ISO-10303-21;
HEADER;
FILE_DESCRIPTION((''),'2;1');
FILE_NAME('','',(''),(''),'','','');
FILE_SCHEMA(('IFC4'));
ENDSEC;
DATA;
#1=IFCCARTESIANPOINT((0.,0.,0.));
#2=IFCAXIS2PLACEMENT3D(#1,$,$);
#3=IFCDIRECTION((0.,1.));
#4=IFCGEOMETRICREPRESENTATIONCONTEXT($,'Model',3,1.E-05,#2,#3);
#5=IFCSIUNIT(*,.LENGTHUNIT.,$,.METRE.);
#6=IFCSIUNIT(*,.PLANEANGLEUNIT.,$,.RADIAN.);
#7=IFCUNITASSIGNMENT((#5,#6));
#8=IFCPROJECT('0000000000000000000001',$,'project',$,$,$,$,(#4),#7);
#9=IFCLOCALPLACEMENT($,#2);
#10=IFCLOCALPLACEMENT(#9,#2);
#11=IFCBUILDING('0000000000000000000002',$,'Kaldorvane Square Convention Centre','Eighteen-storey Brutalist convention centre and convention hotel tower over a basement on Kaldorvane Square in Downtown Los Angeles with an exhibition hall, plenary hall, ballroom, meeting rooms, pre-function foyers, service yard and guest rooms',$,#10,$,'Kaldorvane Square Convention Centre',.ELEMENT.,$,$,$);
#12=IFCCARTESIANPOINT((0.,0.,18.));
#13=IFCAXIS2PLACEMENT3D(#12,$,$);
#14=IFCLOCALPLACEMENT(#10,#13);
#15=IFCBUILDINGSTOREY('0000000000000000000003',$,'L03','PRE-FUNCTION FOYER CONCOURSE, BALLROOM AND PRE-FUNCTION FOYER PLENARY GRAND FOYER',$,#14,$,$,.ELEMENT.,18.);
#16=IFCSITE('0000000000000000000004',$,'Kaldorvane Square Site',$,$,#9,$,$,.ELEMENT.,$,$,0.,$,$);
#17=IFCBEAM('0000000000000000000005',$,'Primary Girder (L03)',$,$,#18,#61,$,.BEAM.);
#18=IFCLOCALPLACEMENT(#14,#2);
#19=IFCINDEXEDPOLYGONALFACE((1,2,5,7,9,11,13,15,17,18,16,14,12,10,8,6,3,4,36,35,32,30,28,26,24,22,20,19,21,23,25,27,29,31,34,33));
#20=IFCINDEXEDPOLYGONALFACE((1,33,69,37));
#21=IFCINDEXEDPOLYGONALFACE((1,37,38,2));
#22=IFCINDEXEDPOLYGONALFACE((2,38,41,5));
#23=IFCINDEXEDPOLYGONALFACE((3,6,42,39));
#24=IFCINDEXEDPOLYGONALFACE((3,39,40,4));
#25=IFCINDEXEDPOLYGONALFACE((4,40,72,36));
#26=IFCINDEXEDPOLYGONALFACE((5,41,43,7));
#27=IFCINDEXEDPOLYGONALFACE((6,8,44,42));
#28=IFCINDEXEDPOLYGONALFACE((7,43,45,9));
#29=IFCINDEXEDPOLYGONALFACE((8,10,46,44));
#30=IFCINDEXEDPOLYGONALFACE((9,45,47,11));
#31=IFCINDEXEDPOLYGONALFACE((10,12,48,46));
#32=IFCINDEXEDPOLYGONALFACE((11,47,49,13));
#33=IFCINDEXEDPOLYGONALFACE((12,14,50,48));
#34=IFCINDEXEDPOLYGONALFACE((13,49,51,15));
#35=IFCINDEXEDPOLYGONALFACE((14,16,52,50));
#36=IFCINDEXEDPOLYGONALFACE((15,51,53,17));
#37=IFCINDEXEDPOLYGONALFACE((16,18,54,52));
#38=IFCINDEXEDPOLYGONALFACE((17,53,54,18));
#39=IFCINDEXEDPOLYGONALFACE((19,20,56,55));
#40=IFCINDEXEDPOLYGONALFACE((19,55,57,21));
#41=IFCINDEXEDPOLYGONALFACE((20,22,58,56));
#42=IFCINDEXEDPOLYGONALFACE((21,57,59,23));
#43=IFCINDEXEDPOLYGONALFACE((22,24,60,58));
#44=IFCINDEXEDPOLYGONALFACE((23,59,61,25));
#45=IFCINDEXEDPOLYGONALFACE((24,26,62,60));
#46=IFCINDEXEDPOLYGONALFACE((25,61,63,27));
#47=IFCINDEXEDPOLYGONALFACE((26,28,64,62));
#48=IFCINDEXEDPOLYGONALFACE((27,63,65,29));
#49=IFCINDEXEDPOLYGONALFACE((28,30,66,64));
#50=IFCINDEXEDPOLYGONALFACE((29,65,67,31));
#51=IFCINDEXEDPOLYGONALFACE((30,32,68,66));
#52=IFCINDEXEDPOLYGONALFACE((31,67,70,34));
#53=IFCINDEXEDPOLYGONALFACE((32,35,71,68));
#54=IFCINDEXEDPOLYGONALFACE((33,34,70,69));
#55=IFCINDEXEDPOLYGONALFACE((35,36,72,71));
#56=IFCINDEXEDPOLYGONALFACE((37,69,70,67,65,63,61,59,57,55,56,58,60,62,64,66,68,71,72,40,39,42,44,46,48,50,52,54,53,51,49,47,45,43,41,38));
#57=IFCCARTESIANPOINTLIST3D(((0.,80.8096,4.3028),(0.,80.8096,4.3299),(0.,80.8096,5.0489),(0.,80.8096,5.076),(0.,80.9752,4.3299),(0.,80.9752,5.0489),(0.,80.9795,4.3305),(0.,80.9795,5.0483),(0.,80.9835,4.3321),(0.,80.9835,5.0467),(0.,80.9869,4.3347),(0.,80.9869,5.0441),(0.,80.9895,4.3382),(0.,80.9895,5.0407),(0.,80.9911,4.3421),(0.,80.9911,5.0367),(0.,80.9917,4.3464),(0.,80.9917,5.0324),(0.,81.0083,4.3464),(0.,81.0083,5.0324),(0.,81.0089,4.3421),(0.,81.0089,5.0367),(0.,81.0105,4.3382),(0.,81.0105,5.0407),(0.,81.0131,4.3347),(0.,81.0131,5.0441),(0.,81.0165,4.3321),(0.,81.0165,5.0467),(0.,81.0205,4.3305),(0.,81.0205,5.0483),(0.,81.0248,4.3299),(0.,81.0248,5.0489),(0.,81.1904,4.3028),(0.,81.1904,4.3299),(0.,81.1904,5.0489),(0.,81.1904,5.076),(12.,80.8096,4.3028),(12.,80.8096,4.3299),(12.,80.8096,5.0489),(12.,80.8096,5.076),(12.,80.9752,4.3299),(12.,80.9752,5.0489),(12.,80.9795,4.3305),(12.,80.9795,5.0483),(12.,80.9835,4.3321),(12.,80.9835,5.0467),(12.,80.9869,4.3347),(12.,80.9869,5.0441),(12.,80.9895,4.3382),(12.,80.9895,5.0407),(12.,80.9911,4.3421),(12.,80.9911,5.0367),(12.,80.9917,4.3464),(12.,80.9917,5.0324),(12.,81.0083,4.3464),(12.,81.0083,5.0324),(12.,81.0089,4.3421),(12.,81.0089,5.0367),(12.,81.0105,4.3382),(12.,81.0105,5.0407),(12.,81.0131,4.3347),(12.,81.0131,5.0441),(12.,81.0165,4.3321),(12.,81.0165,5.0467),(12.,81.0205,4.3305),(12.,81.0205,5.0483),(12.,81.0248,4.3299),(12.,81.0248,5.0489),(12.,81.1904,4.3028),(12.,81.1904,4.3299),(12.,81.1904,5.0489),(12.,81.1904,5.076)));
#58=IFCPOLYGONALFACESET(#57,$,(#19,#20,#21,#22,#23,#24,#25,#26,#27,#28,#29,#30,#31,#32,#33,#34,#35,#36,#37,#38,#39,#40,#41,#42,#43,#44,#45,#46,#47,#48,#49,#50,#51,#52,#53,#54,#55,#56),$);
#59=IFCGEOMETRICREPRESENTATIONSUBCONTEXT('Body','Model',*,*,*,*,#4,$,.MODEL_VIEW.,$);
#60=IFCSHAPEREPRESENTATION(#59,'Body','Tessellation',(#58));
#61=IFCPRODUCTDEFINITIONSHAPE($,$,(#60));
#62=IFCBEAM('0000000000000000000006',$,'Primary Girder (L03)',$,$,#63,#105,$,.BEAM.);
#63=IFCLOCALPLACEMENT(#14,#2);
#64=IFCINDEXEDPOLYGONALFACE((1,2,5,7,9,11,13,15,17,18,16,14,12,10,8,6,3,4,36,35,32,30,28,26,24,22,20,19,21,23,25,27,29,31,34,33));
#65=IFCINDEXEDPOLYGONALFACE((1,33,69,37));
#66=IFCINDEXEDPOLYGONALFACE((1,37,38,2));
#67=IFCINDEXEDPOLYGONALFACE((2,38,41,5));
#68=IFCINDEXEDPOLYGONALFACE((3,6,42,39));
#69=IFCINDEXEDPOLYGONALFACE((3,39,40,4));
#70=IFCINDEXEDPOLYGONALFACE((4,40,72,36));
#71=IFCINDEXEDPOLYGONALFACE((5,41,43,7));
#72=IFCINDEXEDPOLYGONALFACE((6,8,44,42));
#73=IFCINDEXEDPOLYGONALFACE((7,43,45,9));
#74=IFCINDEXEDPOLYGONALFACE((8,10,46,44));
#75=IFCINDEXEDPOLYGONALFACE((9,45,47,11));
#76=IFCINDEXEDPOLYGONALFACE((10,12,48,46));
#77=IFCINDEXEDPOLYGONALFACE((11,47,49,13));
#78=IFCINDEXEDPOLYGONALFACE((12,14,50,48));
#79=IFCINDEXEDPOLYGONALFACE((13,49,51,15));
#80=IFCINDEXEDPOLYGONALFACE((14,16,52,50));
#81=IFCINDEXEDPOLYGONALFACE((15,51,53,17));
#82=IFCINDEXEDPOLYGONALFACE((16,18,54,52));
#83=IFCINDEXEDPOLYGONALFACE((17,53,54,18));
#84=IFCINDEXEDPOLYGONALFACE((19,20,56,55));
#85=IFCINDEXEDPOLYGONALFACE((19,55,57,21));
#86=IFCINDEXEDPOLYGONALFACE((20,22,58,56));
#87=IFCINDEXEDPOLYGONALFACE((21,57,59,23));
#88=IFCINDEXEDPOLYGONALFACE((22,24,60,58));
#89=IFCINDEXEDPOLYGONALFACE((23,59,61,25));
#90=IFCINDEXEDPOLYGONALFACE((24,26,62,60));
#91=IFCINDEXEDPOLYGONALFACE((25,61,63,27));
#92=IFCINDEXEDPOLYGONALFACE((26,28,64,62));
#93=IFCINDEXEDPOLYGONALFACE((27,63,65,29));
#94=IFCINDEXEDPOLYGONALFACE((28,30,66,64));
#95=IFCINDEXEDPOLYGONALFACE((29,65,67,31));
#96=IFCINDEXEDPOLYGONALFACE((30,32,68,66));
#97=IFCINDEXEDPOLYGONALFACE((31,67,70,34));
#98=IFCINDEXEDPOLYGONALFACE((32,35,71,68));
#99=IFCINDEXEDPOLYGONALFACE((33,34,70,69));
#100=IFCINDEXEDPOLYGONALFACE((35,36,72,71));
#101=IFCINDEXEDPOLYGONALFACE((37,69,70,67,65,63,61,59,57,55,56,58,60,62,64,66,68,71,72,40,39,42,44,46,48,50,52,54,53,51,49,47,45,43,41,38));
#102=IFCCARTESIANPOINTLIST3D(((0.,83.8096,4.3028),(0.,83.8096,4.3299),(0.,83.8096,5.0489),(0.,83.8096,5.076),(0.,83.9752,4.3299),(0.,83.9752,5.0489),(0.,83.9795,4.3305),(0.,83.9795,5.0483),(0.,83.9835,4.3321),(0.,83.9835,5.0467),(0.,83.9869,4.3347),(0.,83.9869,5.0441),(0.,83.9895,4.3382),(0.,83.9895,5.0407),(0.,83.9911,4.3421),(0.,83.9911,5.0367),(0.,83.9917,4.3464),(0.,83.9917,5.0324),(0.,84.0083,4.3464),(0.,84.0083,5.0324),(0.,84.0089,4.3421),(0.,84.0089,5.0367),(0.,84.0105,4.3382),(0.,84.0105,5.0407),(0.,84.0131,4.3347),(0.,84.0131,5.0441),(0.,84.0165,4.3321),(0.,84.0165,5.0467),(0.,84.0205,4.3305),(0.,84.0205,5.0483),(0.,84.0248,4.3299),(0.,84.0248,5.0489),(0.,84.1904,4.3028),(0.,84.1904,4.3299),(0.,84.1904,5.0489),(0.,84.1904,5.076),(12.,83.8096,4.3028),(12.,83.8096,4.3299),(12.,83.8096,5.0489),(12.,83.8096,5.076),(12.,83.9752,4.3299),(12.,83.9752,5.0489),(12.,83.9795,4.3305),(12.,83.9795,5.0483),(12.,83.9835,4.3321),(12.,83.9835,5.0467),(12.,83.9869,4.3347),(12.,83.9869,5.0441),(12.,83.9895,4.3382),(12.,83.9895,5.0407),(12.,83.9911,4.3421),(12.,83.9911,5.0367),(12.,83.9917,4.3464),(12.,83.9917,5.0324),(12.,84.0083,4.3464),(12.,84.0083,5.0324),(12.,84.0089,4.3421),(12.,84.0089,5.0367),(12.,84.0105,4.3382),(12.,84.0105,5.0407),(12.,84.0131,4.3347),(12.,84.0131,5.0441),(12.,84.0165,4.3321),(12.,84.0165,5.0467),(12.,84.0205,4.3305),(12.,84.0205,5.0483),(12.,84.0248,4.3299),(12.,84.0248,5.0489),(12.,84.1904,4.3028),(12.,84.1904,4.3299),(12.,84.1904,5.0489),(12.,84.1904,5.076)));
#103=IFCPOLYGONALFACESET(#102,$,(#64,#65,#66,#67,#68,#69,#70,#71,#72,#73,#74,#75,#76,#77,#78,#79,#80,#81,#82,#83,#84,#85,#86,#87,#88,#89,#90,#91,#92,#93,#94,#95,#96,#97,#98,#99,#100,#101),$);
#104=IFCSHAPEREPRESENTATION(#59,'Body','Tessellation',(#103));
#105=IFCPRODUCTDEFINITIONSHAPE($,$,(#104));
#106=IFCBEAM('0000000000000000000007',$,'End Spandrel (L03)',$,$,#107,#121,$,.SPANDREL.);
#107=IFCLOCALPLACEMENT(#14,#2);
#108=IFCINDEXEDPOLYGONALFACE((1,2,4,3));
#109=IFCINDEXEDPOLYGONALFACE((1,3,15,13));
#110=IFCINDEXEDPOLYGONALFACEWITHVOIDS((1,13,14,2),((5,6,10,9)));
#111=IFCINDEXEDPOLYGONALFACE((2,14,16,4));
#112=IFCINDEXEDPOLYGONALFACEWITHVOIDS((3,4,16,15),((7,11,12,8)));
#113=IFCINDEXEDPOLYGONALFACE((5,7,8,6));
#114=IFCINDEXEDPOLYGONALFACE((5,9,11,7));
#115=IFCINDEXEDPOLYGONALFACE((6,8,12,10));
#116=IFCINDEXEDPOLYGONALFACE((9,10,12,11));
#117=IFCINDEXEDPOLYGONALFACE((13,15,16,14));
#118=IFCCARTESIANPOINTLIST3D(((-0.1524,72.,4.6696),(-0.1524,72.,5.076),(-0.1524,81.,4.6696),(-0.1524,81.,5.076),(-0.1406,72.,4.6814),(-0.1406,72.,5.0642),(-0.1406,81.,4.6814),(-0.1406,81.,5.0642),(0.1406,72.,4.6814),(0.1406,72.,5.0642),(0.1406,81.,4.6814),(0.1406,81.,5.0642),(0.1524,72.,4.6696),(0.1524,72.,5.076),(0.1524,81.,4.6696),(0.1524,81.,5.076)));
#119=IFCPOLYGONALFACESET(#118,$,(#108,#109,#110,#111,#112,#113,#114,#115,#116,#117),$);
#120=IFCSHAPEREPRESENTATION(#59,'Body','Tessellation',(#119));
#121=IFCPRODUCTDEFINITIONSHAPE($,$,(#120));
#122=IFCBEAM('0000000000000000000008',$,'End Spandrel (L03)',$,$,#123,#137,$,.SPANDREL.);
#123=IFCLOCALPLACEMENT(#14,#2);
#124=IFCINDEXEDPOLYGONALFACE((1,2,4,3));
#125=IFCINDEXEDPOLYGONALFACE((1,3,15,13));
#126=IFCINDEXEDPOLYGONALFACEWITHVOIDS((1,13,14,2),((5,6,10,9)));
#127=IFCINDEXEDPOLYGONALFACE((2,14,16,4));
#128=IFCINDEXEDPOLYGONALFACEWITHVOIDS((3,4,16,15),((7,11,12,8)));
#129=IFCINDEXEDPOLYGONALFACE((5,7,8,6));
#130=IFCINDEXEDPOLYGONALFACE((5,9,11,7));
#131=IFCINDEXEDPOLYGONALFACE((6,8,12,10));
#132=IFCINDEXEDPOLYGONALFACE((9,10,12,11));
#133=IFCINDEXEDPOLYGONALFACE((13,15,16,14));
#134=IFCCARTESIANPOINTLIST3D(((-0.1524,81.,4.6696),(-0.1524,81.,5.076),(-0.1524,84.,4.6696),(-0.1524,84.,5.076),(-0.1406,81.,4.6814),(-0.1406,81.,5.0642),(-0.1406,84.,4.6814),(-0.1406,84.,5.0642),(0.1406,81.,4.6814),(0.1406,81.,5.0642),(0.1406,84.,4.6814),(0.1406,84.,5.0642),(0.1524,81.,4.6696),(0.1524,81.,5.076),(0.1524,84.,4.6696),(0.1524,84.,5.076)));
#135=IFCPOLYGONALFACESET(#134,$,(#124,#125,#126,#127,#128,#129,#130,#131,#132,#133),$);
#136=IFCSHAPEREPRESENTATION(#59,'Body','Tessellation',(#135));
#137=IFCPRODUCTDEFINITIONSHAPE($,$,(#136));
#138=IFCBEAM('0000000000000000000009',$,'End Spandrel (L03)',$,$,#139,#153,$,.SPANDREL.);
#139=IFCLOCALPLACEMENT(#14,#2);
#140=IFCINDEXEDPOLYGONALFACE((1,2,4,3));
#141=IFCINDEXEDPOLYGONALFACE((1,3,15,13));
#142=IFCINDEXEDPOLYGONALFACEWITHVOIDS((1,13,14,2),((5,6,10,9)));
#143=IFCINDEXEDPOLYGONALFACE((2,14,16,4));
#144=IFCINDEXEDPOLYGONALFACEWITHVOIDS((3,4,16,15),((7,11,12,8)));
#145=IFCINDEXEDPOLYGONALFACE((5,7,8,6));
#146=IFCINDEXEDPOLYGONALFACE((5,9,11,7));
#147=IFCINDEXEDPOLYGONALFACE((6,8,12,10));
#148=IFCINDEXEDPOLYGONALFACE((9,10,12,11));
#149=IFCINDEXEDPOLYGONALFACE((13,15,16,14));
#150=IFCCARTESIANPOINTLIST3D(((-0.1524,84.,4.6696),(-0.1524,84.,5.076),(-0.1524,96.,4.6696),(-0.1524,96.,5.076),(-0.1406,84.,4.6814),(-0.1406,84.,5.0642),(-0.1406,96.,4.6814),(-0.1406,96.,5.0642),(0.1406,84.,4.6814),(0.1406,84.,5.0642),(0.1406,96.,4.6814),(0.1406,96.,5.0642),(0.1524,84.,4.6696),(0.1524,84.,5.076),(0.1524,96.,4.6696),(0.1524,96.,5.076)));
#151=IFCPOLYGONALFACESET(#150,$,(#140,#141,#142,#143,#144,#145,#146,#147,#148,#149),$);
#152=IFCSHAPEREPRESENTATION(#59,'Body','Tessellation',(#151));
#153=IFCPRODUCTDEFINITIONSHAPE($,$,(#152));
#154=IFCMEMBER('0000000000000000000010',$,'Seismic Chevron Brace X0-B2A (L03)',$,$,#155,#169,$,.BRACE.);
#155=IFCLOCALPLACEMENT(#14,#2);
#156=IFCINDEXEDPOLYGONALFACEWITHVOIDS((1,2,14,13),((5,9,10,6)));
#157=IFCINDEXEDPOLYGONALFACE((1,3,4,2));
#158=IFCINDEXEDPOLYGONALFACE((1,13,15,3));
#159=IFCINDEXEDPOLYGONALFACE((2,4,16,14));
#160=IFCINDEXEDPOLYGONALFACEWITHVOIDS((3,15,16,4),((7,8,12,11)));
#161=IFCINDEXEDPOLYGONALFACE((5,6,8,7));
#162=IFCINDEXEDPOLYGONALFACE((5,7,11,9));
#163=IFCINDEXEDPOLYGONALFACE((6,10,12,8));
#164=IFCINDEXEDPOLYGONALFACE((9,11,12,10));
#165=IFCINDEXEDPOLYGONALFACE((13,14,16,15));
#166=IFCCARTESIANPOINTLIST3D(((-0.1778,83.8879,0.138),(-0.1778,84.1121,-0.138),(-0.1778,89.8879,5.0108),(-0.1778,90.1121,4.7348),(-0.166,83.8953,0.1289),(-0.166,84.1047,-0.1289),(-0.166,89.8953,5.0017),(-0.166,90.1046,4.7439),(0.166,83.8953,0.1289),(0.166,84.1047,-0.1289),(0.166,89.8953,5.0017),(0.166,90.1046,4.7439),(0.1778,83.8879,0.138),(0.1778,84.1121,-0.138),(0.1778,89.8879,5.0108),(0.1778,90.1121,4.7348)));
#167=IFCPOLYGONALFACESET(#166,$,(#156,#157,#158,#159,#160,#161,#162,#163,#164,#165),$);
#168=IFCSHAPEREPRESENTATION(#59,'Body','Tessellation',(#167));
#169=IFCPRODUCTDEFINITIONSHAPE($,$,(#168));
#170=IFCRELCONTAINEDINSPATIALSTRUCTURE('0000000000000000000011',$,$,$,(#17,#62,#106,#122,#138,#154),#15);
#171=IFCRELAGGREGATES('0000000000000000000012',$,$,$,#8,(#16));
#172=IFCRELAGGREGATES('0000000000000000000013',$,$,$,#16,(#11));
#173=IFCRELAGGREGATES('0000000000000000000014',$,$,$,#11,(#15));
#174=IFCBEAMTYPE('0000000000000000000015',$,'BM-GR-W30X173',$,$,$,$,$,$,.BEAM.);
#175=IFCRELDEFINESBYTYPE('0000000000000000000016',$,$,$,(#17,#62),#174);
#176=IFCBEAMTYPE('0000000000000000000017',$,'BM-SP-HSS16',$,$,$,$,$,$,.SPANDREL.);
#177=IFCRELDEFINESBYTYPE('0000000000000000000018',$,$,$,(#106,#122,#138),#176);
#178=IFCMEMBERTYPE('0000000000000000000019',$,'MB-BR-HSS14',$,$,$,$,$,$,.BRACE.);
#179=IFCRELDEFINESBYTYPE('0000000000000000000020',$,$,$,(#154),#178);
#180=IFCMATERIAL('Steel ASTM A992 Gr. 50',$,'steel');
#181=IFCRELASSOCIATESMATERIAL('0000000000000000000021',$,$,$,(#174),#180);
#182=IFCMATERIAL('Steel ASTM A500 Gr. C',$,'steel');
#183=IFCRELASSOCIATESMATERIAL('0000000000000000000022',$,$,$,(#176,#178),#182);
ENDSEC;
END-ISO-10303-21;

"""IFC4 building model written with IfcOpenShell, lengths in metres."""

from ifc_helpers import new_model, si_unit, direction, frame, origin, origin_2d, place, context, subcontext, project, spatial, hollow_rectangle, i_section, extrude, material, material_profile, profile_set, type_object, element, save


model = new_model("IFC4")

# Units and contexts
model_context = context("Model", 3, precision=1e-05, world=origin(), true_north=direction((0.0, 1.0)))
body_context = subcontext(model_context, "Body", "Model", "MODEL_VIEW")
ifc_project = project(units=[si_unit("LENGTHUNIT", "METRE"), si_unit("PLANEANGLEUNIT", "RADIAN")], contexts=[model_context])

# Site, building, storey
site_placement = place(None, origin())
site = spatial("IfcSite", under=ifc_project, at=site_placement, Name="Kaldorvane Square Site", CompositionType="ELEMENT", RefElevation=0.0)
building_placement = place(site_placement, origin())
building = spatial("IfcBuilding", under=site, at=building_placement, Name="Kaldorvane Square Convention Centre", Description="Eighteen-storey Brutalist convention centre and convention hotel tower over a basement on Kaldorvane Square in Downtown Los Angeles with an exhibition hall, plenary hall, ballroom, meeting rooms, pre-function foyers, service yard and guest rooms", LongName="Kaldorvane Square Convention Centre", CompositionType="ELEMENT")
storey_placement = place(building_placement, frame((0.0, 0.0, 18.0)))
storey = spatial("IfcBuildingStorey", under=building, at=storey_placement, Name="L03", Description="PRE-FUNCTION FOYER CONCOURSE, BALLROOM AND PRE-FUNCTION FOYER PLENARY GRAND FOYER", CompositionType="ELEMENT", Elevation=18.0)

# Shared definitions
ifc_material_1 = material(Name="Steel ASTM A500 Gr. C", Category="steel")
ifc_material_2 = material(Name="Steel ASTM A992 Gr. 50", Category="steel")

# Beams
ifc_material_profile_1 = material_profile(ifc_material_2, i_section(OverallWidth=0.3807, OverallDepth=0.7732, WebThickness=0.0166, FlangeThickness=0.0271, FilletRadius=0.0165, at=origin_2d()), Name="W30X173")
ifc_profile_set_1 = profile_set([ifc_material_profile_1], Name="Steel ASTM A992 Gr. 50")
beam_type_1 = type_object("IfcBeamType", Name="BM-GR-W30X173", PredefinedType="BEAM", material=ifc_profile_set_1)
for number, where, z_axis, x_axis, name in (
    (1, (0.0, 81.0, 4.6894), (1.0, 0.0, 0.0), (0.0, 1.0, 0.0), "Primary Girder (L03)"),
    (2, (0.0, 84.0, 4.6894), (1.0, 0.0, 0.0), (0.0, 1.0, 0.0), "Primary Girder (L03)"),
):
    element("IfcBeam", number, at=place(storey_placement, frame(where, z_axis=z_axis, x_axis=x_axis)), inside=storey, type_object=beam_type_1, Name=name, PredefinedType="BEAM", context=body_context, shape_type="SweptSolid", body=[
        extrude(i_section(OverallWidth=0.3807, OverallDepth=0.7732, WebThickness=0.0166, FlangeThickness=0.0271, FilletRadius=0.0165, at=origin_2d()), origin(), (0.0, 0.0, 1.0), 12.0),
    ])
ifc_material_profile_2 = material_profile(ifc_material_1, hollow_rectangle(XDim=0.3048, YDim=0.4064, WallThickness=0.0118, at=origin_2d()), Name="HSS16X12X1/2")
ifc_profile_set_2 = profile_set([ifc_material_profile_2], Name="Steel ASTM A500 Gr. C")
beam_type_2 = type_object("IfcBeamType", Name="BM-SP-HSS16", PredefinedType="SPANDREL", material=ifc_profile_set_2)
beam_1_placement = place(storey_placement, frame((0.0, 72.0, 4.8728), z_axis=(0.0, 1.0, 0.0), x_axis=(-1.0, 0.0, 0.0)))
element("IfcBeam", 3, at=beam_1_placement, inside=storey, type_object=beam_type_2, Name="End Spandrel (L03)", PredefinedType="SPANDREL", context=body_context, shape_type="SweptSolid", body=[
    extrude(hollow_rectangle(XDim=0.3048, YDim=0.4064, WallThickness=0.0118, at=origin_2d()), origin(), (0.0, 0.0, 1.0), 9.0),
])
beam_2_placement = place(storey_placement, frame((0.0, 81.0, 4.8728), z_axis=(0.0, 1.0, 0.0), x_axis=(-1.0, 0.0, 0.0)))
element("IfcBeam", 4, at=beam_2_placement, inside=storey, type_object=beam_type_2, Name="End Spandrel (L03)", PredefinedType="SPANDREL", context=body_context, shape_type="SweptSolid", body=[
    extrude(hollow_rectangle(XDim=0.3048, YDim=0.4064, WallThickness=0.0118, at=origin_2d()), origin(), (0.0, 0.0, 1.0), 3.0),
])
beam_3_placement = place(storey_placement, frame((0.0, 84.0, 4.8728), z_axis=(0.0, 1.0, 0.0), x_axis=(-1.0, 0.0, 0.0)))
element("IfcBeam", 5, at=beam_3_placement, inside=storey, type_object=beam_type_2, Name="End Spandrel (L03)", PredefinedType="SPANDREL", context=body_context, shape_type="SweptSolid", body=[
    extrude(hollow_rectangle(XDim=0.3048, YDim=0.4064, WallThickness=0.0118, at=origin_2d()), origin(), (0.0, 0.0, 1.0), 12.0),
])

# Member
ifc_material_profile_3 = material_profile(ifc_material_1, hollow_rectangle(XDim=0.3556, YDim=0.3556, WallThickness=0.0118, at=origin_2d()), Name="HSS14X14X1/2")
ifc_profile_set_3 = profile_set([ifc_material_profile_3], Name="Steel ASTM A500 Gr. C")
member_type = type_object("IfcMemberType", Name="MB-BR-HSS14", PredefinedType="BRACE", material=ifc_profile_set_3)
member_placement = place(storey_placement, frame((0.0, 84.0, 0.0), z_axis=(0.0, 0.776253, 0.630421), x_axis=(-1.0, 0.0, 0.0)))
element("IfcMember", 6, at=member_placement, inside=storey, type_object=member_type, Name="Seismic Chevron Brace X0-B2A (L03)", PredefinedType="BRACE", context=body_context, shape_type="SweptSolid", body=[
    extrude(hollow_rectangle(XDim=0.3556, YDim=0.3556, WallThickness=0.0118, at=origin_2d()), origin(), (0.0, 0.0, 1.0), 7.7294),
])

save(model, "model.ifc")
